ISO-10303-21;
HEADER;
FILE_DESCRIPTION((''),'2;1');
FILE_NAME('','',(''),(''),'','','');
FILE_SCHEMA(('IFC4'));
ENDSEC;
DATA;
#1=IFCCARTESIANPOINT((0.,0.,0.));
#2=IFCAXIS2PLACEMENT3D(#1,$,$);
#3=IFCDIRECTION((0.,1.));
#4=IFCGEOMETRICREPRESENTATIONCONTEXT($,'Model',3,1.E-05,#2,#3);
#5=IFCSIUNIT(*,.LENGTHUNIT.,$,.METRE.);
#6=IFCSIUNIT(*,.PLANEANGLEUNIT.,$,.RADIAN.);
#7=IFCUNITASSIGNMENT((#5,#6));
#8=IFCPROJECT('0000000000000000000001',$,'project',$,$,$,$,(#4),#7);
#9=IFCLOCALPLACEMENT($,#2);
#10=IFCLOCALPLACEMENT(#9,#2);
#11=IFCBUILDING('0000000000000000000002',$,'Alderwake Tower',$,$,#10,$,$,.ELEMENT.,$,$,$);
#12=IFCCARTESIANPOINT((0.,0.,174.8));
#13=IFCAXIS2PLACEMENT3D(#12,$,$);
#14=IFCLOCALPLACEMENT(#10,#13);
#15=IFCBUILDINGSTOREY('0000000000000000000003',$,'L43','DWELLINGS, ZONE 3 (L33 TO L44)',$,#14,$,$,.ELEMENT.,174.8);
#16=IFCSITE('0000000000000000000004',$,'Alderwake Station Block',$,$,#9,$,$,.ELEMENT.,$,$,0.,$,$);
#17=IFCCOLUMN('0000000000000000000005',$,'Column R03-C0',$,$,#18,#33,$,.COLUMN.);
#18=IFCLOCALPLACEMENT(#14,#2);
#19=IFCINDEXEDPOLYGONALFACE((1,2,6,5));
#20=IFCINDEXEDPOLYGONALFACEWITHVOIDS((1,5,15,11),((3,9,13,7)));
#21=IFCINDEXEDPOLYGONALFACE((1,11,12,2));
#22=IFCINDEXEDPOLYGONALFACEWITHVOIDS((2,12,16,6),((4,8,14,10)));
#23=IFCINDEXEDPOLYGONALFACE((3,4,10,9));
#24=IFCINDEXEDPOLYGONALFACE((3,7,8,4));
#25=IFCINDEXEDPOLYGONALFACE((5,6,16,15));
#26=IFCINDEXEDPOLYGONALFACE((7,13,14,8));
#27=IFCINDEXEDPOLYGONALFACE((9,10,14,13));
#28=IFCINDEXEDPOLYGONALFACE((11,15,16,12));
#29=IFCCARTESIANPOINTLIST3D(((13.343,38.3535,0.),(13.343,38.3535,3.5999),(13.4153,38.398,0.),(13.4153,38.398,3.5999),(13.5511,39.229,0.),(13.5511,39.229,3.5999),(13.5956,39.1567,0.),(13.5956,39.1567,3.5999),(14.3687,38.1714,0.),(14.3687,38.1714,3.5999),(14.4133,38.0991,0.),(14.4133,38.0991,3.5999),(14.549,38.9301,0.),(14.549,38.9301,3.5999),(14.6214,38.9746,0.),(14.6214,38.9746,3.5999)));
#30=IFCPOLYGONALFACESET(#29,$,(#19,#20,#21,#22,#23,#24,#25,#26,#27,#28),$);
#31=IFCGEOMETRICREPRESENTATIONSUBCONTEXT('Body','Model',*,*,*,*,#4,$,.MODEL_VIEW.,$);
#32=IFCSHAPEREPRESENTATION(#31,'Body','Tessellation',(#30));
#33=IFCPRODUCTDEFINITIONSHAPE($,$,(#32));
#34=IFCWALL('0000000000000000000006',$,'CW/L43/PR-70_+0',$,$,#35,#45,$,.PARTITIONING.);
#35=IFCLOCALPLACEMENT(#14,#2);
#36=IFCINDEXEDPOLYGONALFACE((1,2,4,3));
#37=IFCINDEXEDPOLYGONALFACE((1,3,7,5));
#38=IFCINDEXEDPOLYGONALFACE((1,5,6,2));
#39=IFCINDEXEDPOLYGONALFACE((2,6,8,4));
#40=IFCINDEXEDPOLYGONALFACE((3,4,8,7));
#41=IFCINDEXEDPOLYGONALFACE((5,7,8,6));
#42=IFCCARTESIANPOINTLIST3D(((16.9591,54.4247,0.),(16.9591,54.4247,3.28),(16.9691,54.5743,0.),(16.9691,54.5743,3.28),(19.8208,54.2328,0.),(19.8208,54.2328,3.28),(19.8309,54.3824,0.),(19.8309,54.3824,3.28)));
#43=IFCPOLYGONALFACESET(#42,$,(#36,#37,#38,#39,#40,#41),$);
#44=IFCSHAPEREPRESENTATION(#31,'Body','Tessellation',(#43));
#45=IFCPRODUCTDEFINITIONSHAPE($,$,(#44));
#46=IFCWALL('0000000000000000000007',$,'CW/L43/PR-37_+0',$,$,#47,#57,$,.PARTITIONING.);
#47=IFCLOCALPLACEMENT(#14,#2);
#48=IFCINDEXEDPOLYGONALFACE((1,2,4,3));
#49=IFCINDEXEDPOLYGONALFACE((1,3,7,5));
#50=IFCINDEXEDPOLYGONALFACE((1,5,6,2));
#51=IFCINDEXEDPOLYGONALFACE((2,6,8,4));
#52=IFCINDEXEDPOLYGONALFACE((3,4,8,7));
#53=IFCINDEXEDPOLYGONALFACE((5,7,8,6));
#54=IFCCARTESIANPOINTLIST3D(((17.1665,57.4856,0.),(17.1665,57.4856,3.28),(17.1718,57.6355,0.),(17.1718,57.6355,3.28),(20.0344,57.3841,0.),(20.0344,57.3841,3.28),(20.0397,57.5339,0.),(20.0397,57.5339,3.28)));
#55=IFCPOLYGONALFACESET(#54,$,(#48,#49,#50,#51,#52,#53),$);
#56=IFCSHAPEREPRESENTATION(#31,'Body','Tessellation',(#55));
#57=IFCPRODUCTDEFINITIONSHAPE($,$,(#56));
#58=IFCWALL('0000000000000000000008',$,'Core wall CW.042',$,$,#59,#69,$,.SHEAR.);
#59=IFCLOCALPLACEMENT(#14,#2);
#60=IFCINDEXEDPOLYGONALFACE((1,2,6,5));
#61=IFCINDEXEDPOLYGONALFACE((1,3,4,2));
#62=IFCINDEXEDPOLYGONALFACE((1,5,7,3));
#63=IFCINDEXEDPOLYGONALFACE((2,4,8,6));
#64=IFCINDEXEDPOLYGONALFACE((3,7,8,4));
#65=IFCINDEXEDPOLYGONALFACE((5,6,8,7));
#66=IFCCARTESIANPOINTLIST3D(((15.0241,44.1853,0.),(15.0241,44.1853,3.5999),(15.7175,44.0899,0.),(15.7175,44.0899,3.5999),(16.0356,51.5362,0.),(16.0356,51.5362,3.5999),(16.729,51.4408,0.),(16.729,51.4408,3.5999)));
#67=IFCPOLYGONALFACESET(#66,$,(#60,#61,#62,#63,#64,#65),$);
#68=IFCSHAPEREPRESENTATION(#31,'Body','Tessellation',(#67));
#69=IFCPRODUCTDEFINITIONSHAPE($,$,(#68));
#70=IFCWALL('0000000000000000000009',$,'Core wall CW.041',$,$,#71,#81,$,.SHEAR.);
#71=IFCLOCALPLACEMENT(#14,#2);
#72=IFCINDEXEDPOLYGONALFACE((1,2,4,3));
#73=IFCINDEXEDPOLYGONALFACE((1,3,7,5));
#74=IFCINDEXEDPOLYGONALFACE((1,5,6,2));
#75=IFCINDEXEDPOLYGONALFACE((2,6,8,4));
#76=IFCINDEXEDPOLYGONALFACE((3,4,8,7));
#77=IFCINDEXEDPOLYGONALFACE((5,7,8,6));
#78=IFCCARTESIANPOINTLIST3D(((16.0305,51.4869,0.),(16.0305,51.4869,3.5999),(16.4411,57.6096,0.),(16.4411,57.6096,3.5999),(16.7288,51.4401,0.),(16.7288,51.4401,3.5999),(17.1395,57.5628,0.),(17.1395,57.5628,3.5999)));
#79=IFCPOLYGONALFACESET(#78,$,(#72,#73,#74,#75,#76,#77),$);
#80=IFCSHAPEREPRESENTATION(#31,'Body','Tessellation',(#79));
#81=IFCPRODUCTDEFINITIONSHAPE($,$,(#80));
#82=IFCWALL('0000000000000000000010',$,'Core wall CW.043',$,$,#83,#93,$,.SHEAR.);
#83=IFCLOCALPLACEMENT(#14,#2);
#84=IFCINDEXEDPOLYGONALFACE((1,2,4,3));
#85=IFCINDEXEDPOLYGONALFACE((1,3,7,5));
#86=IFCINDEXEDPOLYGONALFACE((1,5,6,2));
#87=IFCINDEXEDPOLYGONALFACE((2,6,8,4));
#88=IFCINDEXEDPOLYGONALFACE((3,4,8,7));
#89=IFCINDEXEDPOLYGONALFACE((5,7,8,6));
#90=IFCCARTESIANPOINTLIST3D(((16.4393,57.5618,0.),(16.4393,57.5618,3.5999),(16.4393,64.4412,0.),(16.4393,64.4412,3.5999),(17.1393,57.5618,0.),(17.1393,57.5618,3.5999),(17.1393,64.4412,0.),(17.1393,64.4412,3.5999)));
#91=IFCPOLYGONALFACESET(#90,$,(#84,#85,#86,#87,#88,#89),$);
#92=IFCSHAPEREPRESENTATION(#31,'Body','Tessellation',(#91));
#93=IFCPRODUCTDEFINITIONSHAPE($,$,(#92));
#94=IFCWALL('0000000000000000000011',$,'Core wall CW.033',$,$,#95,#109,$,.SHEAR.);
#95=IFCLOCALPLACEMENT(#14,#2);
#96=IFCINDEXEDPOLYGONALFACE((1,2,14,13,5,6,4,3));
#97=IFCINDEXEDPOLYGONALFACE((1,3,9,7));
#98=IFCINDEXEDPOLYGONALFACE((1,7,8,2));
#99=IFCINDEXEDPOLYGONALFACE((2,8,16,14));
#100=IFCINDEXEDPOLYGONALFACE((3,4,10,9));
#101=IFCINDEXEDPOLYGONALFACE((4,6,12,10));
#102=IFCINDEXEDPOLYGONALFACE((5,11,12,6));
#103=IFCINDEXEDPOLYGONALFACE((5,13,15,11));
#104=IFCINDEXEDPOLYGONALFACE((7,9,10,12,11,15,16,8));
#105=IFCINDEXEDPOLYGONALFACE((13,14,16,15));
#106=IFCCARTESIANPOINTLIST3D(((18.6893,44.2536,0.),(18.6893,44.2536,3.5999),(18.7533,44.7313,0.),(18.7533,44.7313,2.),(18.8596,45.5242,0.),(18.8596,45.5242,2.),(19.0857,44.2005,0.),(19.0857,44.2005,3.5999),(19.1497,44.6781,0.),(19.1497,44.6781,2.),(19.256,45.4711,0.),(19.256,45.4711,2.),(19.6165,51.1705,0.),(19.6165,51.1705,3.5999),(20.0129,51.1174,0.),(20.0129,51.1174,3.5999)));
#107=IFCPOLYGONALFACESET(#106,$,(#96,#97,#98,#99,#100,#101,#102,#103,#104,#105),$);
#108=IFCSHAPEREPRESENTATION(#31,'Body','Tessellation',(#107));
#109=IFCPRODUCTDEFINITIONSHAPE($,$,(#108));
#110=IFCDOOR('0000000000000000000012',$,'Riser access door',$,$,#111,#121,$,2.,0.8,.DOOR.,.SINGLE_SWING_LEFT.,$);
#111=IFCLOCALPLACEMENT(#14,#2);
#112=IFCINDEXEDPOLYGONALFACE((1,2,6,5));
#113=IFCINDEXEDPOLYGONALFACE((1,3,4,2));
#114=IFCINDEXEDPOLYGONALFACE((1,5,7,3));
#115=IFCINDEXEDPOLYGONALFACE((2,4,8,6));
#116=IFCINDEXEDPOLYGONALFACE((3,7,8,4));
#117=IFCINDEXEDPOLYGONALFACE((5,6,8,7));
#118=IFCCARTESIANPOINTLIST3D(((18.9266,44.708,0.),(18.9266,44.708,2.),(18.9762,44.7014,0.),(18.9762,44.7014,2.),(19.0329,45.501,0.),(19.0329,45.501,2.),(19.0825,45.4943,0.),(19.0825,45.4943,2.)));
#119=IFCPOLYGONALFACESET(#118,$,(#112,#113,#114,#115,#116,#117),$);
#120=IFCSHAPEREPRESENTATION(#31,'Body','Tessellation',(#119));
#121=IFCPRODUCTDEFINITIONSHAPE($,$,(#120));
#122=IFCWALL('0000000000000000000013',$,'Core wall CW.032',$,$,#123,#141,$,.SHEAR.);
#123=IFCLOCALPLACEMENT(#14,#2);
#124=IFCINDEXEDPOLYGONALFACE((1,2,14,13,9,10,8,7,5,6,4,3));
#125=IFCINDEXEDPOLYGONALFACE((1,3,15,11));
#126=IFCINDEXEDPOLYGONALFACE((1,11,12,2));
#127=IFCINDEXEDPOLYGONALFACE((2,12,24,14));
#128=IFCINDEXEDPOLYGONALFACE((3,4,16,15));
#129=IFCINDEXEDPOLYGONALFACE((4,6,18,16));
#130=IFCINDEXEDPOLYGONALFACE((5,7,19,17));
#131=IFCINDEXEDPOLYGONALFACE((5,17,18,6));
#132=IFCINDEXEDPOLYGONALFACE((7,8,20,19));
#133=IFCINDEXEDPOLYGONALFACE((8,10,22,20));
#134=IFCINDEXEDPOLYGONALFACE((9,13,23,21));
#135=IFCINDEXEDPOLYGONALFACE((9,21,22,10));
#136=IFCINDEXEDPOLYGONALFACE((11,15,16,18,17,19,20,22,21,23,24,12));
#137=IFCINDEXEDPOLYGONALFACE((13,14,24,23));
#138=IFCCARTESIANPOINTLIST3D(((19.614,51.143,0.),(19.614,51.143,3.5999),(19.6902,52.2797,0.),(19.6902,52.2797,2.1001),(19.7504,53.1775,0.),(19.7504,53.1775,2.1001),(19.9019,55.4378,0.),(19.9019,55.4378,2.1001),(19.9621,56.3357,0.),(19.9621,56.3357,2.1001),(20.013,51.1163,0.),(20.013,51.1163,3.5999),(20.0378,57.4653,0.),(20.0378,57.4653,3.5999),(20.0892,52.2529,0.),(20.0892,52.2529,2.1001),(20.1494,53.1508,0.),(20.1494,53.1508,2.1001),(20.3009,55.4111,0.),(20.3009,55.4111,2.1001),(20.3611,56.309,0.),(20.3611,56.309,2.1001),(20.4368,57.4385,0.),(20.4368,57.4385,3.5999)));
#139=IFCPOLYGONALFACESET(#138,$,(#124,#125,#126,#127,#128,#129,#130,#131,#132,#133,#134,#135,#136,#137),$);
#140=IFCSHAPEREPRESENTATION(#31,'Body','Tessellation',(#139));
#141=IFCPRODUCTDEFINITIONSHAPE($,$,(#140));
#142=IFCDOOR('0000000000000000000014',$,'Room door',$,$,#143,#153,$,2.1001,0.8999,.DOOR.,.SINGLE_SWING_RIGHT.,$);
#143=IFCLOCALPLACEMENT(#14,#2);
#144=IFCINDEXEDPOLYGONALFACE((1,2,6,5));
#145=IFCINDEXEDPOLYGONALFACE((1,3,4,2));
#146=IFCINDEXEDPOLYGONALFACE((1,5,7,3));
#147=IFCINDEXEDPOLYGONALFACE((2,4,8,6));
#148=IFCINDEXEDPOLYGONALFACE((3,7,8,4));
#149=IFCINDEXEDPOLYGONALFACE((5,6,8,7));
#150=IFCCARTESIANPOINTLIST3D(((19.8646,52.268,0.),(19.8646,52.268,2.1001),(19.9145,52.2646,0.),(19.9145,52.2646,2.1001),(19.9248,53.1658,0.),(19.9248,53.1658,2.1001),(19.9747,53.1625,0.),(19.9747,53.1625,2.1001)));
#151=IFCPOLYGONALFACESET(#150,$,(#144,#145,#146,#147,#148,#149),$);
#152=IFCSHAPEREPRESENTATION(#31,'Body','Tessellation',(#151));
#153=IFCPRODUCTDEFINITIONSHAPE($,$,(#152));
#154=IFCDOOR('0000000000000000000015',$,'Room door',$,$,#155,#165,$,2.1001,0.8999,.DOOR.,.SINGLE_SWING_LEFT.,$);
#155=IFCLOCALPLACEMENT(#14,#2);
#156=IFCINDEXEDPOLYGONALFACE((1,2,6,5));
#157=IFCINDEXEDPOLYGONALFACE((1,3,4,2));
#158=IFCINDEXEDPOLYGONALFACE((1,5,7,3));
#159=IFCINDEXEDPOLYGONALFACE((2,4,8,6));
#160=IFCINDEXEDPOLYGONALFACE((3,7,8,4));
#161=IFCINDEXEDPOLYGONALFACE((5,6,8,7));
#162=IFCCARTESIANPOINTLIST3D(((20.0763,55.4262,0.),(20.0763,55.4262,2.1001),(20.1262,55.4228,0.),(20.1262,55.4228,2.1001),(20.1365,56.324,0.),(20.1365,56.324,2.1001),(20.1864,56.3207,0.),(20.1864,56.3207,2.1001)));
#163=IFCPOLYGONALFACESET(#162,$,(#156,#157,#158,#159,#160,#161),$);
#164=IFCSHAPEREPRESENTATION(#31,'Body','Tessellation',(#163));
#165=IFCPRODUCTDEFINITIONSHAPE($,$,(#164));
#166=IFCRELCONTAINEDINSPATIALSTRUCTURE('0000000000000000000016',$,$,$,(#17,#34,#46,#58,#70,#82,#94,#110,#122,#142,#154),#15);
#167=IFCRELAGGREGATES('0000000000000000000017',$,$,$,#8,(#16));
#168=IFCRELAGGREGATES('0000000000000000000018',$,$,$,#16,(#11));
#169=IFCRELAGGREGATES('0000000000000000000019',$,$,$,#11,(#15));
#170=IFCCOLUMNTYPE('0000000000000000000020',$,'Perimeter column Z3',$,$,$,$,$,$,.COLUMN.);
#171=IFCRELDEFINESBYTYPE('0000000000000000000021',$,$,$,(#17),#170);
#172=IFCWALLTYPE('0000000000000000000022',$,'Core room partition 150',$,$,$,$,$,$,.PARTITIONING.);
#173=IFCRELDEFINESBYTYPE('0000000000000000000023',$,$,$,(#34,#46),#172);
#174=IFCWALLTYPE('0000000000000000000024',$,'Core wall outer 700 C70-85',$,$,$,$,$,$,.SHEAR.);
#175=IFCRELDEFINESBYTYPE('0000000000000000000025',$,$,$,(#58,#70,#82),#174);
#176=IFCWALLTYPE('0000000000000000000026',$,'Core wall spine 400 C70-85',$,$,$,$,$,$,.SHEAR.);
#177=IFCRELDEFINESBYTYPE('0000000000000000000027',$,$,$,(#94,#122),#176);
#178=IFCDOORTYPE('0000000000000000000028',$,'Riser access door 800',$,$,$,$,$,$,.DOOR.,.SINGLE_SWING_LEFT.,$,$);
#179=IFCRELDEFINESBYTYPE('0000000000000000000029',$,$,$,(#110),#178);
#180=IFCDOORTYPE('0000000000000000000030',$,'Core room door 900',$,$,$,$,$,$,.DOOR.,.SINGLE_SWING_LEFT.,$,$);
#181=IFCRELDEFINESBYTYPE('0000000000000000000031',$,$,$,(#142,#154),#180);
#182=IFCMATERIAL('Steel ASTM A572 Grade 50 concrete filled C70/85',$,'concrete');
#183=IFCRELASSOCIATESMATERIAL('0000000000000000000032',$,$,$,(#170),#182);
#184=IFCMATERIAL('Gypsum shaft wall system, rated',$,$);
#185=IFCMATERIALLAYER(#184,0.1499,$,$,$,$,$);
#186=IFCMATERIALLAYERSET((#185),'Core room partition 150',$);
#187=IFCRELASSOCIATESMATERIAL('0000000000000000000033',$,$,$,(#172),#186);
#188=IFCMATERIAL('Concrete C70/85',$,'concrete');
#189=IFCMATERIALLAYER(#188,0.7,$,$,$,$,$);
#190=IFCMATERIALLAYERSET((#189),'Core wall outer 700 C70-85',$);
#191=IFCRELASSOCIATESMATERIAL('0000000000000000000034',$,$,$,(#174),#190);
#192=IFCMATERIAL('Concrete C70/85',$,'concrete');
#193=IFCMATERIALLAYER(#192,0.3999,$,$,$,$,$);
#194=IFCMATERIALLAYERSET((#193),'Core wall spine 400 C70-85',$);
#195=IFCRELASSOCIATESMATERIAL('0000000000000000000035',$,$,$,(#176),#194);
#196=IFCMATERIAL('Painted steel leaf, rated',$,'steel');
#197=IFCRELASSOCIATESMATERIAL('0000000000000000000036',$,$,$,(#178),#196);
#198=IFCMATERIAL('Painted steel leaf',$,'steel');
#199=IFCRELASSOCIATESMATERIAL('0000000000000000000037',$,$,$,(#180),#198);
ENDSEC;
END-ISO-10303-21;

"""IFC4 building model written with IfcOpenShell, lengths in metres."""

from ifc_helpers import new_model, si_unit, direction, frame, frame_2d, origin, origin_2d, place, context, subcontext, project, spatial, rectangle, hollow_rectangle, extrude, material, layer, layer_set, material_profile, profile_set, type_object, element, fill, save


model = new_model("IFC4")

# Units and contexts
model_context = context("Model", 3, precision=1e-05, world=origin(), true_north=direction((0.0, 1.0)))
body_context = subcontext(model_context, "Body", "Model", "MODEL_VIEW")
ifc_project = project(units=[si_unit("LENGTHUNIT", "METRE"), si_unit("PLANEANGLEUNIT", "RADIAN")], contexts=[model_context])

# Site, building, storey
site_placement = place(None, origin())
site = spatial("IfcSite", under=ifc_project, at=site_placement, Name="Alderwake Station Block", CompositionType="ELEMENT", RefElevation=0.0)
building_placement = place(site_placement, origin())
building = spatial("IfcBuilding", under=site, at=building_placement, Name="Alderwake Tower", CompositionType="ELEMENT")
storey_placement = place(building_placement, frame((0.0, 0.0, 174.8)))
storey = spatial("IfcBuildingStorey", under=building, at=storey_placement, Name="L43", Description="DWELLINGS, ZONE 3 (L33 TO L44)", CompositionType="ELEMENT", Elevation=174.8)

# Column
ifc_material_1 = material(Name="Steel ASTM A572 Grade 50 concrete filled C70/85", Category="concrete")
ifc_material_profile = material_profile(ifc_material_1, hollow_rectangle(XDim=0.8999, YDim=1.1001, WallThickness=0.0601, at=origin_2d()), Name="BOX 1100X900X60")
ifc_profile_set = profile_set([ifc_material_profile], Name="Steel ASTM A572 Grade 50 concrete filled C70/85")
column_type = type_object("IfcColumnType", Name="Perimeter column Z3", PredefinedType="COLUMN", material=ifc_profile_set)
column_placement = place(storey_placement, frame((13.9822, 38.6641, 0.0), z_axis=(0.0, 0.0, 1.0), x_axis=(0.231222, 0.972901, 0.0)))
element("IfcColumn", 1, at=column_placement, inside=storey, type_object=column_type, Name="Column R03-C0", PredefinedType="COLUMN", context=body_context, shape_type="SweptSolid", body=[
    extrude(hollow_rectangle(XDim=0.8999, YDim=1.1001, WallThickness=0.0601, at=origin_2d()), origin(), (0.0, 0.0, 1.0), 3.5999),
])

# Walls
ifc_material_2 = material(Name="Gypsum shaft wall system, rated")
ifc_layer_1 = layer(ifc_material_2, 0.1499)
ifc_layer_set_1 = layer_set([ifc_layer_1], Name="Core room partition 150")
wall_type_1 = type_object("IfcWallType", Name="Core room partition 150", PredefinedType="PARTITIONING", material=ifc_layer_set_1)
wall_1_placement = place(storey_placement, frame((16.9641, 54.4995, 0.0), z_axis=(0.0, 0.0, 1.0), x_axis=(0.997759, -0.066903, 0.0)))
element("IfcWall", 2, at=wall_1_placement, inside=storey, type_object=wall_type_1, Name="CW/L43/PR-70_+0", PredefinedType="PARTITIONING", context=body_context, shape_type="SweptSolid", body=[
    extrude(rectangle(XDim=2.8682, YDim=0.1499, at=frame_2d((1.4341, 0.0))), origin(), (0.0, 0.0, 1.0), 3.28),
])
wall_2_placement = place(storey_placement, frame((17.1692, 57.5605, 0.0), z_axis=(0.0, 0.0, 1.0), x_axis=(0.999374, -0.035391, 0.0)))
element("IfcWall", 3, at=wall_2_placement, inside=storey, type_object=wall_type_1, Name="CW/L43/PR-37_+0", PredefinedType="PARTITIONING", context=body_context, shape_type="SweptSolid", body=[
    extrude(rectangle(XDim=2.8696, YDim=0.1499, at=frame_2d((1.4348, 0.0))), origin(), (0.0, 0.0, 1.0), 3.28),
])
ifc_material_3 = material(Name="Concrete C70/85", Category="concrete")
ifc_layer_2 = layer(ifc_material_3, 0.7)
ifc_layer_set_2 = layer_set([ifc_layer_2], Name="Core wall outer 700 C70-85")
wall_type_2 = type_object("IfcWallType", Name="Core wall outer 700 C70-85", PredefinedType="SHEAR", material=ifc_layer_set_2)
wall_3_placement = place(storey_placement, frame((15.3708, 44.1377, 0.0), z_axis=(0.0, 0.0, 1.0), x_axis=(0.136316, 0.990665, 0.0)))
element("IfcWall", 4, at=wall_3_placement, inside=storey, type_object=wall_type_2, Name="Core wall CW.042", PredefinedType="SHEAR", context=body_context, shape_type="SweptSolid", body=[
    extrude(rectangle(XDim=7.4202, YDim=0.7, at=frame_2d((3.71, 0.0))), origin(), (0.0, 0.0, 1.0), 3.5999),
])
wall_4_placement = place(storey_placement, frame((16.3796, 51.4634, 0.0), z_axis=(0.0, 0.0, 1.0), x_axis=(0.066918, 0.997758, 0.0)))
element("IfcWall", 5, at=wall_4_placement, inside=storey, type_object=wall_type_2, Name="Core wall CW.041", PredefinedType="SHEAR", context=body_context, shape_type="SweptSolid", body=[
    extrude(rectangle(XDim=6.1365, YDim=0.7, at=frame_2d((3.0684, 0.0))), origin(), (0.0, 0.0, 1.0), 3.5999),
])
wall_5_placement = place(storey_placement, frame((16.7893, 57.5618, 0.0), z_axis=(0.0, 0.0, 1.0), x_axis=(0.0, 1.0, 0.0)))
element("IfcWall", 6, at=wall_5_placement, inside=storey, type_object=wall_type_2, Name="Core wall CW.043", PredefinedType="SHEAR", context=body_context, shape_type="SweptSolid", body=[
    extrude(rectangle(XDim=6.8794, YDim=0.7, at=frame_2d((3.4397, 0.0))), origin(), (0.0, 0.0, 1.0), 3.5999),
])

# Wall, opening, door
ifc_material_4 = material(Name="Concrete C70/85", Category="concrete")
ifc_layer_3 = layer(ifc_material_4, 0.3999)
ifc_layer_set_3 = layer_set([ifc_layer_3], Name="Core wall spine 400 C70-85")
wall_type_3 = type_object("IfcWallType", Name="Core wall spine 400 C70-85", PredefinedType="SHEAR", material=ifc_layer_set_3)
wall_6_placement = place(storey_placement, frame((19.8147, 51.1438, 0.0), z_axis=(0.0, 0.0, 1.0), x_axis=(-0.132865, -0.991134, 0.0)))
wall_6 = element("IfcWall", 7, at=wall_6_placement, inside=storey, type_object=wall_type_3, Name="Core wall CW.033", PredefinedType="SHEAR", context=body_context, shape_type="SweptSolid", body=[
    extrude(rectangle(XDim=6.9788, YDim=0.3999, at=frame_2d((3.4893, 0.0))), origin(), (0.0, 0.0, 1.0), 3.5999),
])
opening_1_placement = place(wall_6_placement, frame((5.6968, 0.0, 0.0)))
opening_1 = element("IfcOpeningElement", 8, at=opening_1_placement, cuts=wall_6, PredefinedType="OPENING", context=body_context, shape_type="SweptSolid", body=[
    extrude(rectangle(XDim=0.8, YDim=2.0, at=frame_2d((0.3999, 1.0))), frame((0.0, 0.21, 0.0), z_axis=(0.0, -1.0, 0.0), x_axis=(1.0, 0.0, 0.0)), (0.0, 0.0, 1.0), 0.4199),
])
ifc_material_5 = material(Name="Painted steel leaf, rated", Category="steel")
door_type_1 = type_object("IfcDoorType", Name="Riser access door 800", OperationType="SINGLE_SWING_LEFT", PredefinedType="DOOR", material=ifc_material_5)
door_1_placement = place(opening_1_placement, origin())
door_1 = element("IfcDoor", 9, at=door_1_placement, inside=storey, type_object=door_type_1, Name="Riser access door", OperationType="SINGLE_SWING_LEFT", OverallHeight=2.0, OverallWidth=0.8, PredefinedType="DOOR", context=body_context, shape_type="SweptSolid", body=[
    extrude(rectangle(XDim=0.8, YDim=2.0, at=frame_2d((0.3999, 1.0))), frame((0.0, 0.0249, 0.0), z_axis=(0.0, -1.0, 0.0), x_axis=(1.0, 0.0, 0.0)), (0.0, 0.0, 1.0), 0.05),
])
fill(opening_1, door_1)

# Wall, openings, doors
wall_7_placement = place(storey_placement, frame((20.2373, 57.4519, 0.0), z_axis=(0.0, 0.0, 1.0), x_axis=(-0.066887, -0.997761, 0.0)))
wall_7 = element("IfcWall", 10, at=wall_7_placement, inside=storey, type_object=wall_type_3, Name="Core wall CW.032", PredefinedType="SHEAR", context=body_context, shape_type="SweptSolid", body=[
    extrude(rectangle(XDim=6.3364, YDim=0.3999, at=frame_2d((3.1682, 0.0))), origin(), (0.0, 0.0, 1.0), 3.5999),
])
opening_2_placement = place(wall_7_placement, frame((4.2974, 0.0, 0.0)))
opening_2 = element("IfcOpeningElement", 11, at=opening_2_placement, cuts=wall_7, PredefinedType="OPENING", context=body_context, shape_type="SweptSolid", body=[
    extrude(rectangle(XDim=0.8999, YDim=2.1001, at=frame_2d((0.45, 1.05))), frame((0.0, 0.21, 0.0), z_axis=(0.0, -1.0, 0.0), x_axis=(1.0, 0.0, 0.0)), (0.0, 0.0, 1.0), 0.4199),
])
opening_3_placement = place(wall_7_placement, frame((1.1321, 0.0, 0.0)))
opening_3 = element("IfcOpeningElement", 12, at=opening_3_placement, cuts=wall_7, PredefinedType="OPENING", context=body_context, shape_type="SweptSolid", body=[
    extrude(rectangle(XDim=0.8999, YDim=2.1001, at=frame_2d((0.45, 1.05))), frame((0.0, 0.21, 0.0), z_axis=(0.0, -1.0, 0.0), x_axis=(1.0, 0.0, 0.0)), (0.0, 0.0, 1.0), 0.4199),
])
ifc_material_6 = material(Name="Painted steel leaf", Category="steel")
door_type_2 = type_object("IfcDoorType", Name="Core room door 900", OperationType="SINGLE_SWING_LEFT", PredefinedType="DOOR", material=ifc_material_6)
door_2_placement = place(opening_2_placement, origin())
door_2 = element("IfcDoor", 13, at=door_2_placement, inside=storey, type_object=door_type_2, Name="Room door", OperationType="SINGLE_SWING_RIGHT", OverallHeight=2.1001, OverallWidth=0.8999, PredefinedType="DOOR", context=body_context, shape_type="SweptSolid", body=[
    extrude(rectangle(XDim=0.8999, YDim=2.1001, at=frame_2d((0.45, 1.05))), frame((0.0, 0.0249, 0.0), z_axis=(0.0, -1.0, 0.0), x_axis=(1.0, 0.0, 0.0)), (0.0, 0.0, 1.0), 0.05),
])
fill(opening_2, door_2)
door_3_placement = place(opening_3_placement, origin())
door_3 = element("IfcDoor", 14, at=door_3_placement, inside=storey, type_object=door_type_2, Name="Room door", OperationType="SINGLE_SWING_LEFT", OverallHeight=2.1001, OverallWidth=0.8999, PredefinedType="DOOR", context=body_context, shape_type="SweptSolid", body=[
    extrude(rectangle(XDim=0.8999, YDim=2.1001, at=frame_2d((0.45, 1.05))), frame((0.0, 0.0249, 0.0), z_axis=(0.0, -1.0, 0.0), x_axis=(1.0, 0.0, 0.0)), (0.0, 0.0, 1.0), 0.05),
])
fill(opening_3, door_3)

save(model, "model.ifc")
